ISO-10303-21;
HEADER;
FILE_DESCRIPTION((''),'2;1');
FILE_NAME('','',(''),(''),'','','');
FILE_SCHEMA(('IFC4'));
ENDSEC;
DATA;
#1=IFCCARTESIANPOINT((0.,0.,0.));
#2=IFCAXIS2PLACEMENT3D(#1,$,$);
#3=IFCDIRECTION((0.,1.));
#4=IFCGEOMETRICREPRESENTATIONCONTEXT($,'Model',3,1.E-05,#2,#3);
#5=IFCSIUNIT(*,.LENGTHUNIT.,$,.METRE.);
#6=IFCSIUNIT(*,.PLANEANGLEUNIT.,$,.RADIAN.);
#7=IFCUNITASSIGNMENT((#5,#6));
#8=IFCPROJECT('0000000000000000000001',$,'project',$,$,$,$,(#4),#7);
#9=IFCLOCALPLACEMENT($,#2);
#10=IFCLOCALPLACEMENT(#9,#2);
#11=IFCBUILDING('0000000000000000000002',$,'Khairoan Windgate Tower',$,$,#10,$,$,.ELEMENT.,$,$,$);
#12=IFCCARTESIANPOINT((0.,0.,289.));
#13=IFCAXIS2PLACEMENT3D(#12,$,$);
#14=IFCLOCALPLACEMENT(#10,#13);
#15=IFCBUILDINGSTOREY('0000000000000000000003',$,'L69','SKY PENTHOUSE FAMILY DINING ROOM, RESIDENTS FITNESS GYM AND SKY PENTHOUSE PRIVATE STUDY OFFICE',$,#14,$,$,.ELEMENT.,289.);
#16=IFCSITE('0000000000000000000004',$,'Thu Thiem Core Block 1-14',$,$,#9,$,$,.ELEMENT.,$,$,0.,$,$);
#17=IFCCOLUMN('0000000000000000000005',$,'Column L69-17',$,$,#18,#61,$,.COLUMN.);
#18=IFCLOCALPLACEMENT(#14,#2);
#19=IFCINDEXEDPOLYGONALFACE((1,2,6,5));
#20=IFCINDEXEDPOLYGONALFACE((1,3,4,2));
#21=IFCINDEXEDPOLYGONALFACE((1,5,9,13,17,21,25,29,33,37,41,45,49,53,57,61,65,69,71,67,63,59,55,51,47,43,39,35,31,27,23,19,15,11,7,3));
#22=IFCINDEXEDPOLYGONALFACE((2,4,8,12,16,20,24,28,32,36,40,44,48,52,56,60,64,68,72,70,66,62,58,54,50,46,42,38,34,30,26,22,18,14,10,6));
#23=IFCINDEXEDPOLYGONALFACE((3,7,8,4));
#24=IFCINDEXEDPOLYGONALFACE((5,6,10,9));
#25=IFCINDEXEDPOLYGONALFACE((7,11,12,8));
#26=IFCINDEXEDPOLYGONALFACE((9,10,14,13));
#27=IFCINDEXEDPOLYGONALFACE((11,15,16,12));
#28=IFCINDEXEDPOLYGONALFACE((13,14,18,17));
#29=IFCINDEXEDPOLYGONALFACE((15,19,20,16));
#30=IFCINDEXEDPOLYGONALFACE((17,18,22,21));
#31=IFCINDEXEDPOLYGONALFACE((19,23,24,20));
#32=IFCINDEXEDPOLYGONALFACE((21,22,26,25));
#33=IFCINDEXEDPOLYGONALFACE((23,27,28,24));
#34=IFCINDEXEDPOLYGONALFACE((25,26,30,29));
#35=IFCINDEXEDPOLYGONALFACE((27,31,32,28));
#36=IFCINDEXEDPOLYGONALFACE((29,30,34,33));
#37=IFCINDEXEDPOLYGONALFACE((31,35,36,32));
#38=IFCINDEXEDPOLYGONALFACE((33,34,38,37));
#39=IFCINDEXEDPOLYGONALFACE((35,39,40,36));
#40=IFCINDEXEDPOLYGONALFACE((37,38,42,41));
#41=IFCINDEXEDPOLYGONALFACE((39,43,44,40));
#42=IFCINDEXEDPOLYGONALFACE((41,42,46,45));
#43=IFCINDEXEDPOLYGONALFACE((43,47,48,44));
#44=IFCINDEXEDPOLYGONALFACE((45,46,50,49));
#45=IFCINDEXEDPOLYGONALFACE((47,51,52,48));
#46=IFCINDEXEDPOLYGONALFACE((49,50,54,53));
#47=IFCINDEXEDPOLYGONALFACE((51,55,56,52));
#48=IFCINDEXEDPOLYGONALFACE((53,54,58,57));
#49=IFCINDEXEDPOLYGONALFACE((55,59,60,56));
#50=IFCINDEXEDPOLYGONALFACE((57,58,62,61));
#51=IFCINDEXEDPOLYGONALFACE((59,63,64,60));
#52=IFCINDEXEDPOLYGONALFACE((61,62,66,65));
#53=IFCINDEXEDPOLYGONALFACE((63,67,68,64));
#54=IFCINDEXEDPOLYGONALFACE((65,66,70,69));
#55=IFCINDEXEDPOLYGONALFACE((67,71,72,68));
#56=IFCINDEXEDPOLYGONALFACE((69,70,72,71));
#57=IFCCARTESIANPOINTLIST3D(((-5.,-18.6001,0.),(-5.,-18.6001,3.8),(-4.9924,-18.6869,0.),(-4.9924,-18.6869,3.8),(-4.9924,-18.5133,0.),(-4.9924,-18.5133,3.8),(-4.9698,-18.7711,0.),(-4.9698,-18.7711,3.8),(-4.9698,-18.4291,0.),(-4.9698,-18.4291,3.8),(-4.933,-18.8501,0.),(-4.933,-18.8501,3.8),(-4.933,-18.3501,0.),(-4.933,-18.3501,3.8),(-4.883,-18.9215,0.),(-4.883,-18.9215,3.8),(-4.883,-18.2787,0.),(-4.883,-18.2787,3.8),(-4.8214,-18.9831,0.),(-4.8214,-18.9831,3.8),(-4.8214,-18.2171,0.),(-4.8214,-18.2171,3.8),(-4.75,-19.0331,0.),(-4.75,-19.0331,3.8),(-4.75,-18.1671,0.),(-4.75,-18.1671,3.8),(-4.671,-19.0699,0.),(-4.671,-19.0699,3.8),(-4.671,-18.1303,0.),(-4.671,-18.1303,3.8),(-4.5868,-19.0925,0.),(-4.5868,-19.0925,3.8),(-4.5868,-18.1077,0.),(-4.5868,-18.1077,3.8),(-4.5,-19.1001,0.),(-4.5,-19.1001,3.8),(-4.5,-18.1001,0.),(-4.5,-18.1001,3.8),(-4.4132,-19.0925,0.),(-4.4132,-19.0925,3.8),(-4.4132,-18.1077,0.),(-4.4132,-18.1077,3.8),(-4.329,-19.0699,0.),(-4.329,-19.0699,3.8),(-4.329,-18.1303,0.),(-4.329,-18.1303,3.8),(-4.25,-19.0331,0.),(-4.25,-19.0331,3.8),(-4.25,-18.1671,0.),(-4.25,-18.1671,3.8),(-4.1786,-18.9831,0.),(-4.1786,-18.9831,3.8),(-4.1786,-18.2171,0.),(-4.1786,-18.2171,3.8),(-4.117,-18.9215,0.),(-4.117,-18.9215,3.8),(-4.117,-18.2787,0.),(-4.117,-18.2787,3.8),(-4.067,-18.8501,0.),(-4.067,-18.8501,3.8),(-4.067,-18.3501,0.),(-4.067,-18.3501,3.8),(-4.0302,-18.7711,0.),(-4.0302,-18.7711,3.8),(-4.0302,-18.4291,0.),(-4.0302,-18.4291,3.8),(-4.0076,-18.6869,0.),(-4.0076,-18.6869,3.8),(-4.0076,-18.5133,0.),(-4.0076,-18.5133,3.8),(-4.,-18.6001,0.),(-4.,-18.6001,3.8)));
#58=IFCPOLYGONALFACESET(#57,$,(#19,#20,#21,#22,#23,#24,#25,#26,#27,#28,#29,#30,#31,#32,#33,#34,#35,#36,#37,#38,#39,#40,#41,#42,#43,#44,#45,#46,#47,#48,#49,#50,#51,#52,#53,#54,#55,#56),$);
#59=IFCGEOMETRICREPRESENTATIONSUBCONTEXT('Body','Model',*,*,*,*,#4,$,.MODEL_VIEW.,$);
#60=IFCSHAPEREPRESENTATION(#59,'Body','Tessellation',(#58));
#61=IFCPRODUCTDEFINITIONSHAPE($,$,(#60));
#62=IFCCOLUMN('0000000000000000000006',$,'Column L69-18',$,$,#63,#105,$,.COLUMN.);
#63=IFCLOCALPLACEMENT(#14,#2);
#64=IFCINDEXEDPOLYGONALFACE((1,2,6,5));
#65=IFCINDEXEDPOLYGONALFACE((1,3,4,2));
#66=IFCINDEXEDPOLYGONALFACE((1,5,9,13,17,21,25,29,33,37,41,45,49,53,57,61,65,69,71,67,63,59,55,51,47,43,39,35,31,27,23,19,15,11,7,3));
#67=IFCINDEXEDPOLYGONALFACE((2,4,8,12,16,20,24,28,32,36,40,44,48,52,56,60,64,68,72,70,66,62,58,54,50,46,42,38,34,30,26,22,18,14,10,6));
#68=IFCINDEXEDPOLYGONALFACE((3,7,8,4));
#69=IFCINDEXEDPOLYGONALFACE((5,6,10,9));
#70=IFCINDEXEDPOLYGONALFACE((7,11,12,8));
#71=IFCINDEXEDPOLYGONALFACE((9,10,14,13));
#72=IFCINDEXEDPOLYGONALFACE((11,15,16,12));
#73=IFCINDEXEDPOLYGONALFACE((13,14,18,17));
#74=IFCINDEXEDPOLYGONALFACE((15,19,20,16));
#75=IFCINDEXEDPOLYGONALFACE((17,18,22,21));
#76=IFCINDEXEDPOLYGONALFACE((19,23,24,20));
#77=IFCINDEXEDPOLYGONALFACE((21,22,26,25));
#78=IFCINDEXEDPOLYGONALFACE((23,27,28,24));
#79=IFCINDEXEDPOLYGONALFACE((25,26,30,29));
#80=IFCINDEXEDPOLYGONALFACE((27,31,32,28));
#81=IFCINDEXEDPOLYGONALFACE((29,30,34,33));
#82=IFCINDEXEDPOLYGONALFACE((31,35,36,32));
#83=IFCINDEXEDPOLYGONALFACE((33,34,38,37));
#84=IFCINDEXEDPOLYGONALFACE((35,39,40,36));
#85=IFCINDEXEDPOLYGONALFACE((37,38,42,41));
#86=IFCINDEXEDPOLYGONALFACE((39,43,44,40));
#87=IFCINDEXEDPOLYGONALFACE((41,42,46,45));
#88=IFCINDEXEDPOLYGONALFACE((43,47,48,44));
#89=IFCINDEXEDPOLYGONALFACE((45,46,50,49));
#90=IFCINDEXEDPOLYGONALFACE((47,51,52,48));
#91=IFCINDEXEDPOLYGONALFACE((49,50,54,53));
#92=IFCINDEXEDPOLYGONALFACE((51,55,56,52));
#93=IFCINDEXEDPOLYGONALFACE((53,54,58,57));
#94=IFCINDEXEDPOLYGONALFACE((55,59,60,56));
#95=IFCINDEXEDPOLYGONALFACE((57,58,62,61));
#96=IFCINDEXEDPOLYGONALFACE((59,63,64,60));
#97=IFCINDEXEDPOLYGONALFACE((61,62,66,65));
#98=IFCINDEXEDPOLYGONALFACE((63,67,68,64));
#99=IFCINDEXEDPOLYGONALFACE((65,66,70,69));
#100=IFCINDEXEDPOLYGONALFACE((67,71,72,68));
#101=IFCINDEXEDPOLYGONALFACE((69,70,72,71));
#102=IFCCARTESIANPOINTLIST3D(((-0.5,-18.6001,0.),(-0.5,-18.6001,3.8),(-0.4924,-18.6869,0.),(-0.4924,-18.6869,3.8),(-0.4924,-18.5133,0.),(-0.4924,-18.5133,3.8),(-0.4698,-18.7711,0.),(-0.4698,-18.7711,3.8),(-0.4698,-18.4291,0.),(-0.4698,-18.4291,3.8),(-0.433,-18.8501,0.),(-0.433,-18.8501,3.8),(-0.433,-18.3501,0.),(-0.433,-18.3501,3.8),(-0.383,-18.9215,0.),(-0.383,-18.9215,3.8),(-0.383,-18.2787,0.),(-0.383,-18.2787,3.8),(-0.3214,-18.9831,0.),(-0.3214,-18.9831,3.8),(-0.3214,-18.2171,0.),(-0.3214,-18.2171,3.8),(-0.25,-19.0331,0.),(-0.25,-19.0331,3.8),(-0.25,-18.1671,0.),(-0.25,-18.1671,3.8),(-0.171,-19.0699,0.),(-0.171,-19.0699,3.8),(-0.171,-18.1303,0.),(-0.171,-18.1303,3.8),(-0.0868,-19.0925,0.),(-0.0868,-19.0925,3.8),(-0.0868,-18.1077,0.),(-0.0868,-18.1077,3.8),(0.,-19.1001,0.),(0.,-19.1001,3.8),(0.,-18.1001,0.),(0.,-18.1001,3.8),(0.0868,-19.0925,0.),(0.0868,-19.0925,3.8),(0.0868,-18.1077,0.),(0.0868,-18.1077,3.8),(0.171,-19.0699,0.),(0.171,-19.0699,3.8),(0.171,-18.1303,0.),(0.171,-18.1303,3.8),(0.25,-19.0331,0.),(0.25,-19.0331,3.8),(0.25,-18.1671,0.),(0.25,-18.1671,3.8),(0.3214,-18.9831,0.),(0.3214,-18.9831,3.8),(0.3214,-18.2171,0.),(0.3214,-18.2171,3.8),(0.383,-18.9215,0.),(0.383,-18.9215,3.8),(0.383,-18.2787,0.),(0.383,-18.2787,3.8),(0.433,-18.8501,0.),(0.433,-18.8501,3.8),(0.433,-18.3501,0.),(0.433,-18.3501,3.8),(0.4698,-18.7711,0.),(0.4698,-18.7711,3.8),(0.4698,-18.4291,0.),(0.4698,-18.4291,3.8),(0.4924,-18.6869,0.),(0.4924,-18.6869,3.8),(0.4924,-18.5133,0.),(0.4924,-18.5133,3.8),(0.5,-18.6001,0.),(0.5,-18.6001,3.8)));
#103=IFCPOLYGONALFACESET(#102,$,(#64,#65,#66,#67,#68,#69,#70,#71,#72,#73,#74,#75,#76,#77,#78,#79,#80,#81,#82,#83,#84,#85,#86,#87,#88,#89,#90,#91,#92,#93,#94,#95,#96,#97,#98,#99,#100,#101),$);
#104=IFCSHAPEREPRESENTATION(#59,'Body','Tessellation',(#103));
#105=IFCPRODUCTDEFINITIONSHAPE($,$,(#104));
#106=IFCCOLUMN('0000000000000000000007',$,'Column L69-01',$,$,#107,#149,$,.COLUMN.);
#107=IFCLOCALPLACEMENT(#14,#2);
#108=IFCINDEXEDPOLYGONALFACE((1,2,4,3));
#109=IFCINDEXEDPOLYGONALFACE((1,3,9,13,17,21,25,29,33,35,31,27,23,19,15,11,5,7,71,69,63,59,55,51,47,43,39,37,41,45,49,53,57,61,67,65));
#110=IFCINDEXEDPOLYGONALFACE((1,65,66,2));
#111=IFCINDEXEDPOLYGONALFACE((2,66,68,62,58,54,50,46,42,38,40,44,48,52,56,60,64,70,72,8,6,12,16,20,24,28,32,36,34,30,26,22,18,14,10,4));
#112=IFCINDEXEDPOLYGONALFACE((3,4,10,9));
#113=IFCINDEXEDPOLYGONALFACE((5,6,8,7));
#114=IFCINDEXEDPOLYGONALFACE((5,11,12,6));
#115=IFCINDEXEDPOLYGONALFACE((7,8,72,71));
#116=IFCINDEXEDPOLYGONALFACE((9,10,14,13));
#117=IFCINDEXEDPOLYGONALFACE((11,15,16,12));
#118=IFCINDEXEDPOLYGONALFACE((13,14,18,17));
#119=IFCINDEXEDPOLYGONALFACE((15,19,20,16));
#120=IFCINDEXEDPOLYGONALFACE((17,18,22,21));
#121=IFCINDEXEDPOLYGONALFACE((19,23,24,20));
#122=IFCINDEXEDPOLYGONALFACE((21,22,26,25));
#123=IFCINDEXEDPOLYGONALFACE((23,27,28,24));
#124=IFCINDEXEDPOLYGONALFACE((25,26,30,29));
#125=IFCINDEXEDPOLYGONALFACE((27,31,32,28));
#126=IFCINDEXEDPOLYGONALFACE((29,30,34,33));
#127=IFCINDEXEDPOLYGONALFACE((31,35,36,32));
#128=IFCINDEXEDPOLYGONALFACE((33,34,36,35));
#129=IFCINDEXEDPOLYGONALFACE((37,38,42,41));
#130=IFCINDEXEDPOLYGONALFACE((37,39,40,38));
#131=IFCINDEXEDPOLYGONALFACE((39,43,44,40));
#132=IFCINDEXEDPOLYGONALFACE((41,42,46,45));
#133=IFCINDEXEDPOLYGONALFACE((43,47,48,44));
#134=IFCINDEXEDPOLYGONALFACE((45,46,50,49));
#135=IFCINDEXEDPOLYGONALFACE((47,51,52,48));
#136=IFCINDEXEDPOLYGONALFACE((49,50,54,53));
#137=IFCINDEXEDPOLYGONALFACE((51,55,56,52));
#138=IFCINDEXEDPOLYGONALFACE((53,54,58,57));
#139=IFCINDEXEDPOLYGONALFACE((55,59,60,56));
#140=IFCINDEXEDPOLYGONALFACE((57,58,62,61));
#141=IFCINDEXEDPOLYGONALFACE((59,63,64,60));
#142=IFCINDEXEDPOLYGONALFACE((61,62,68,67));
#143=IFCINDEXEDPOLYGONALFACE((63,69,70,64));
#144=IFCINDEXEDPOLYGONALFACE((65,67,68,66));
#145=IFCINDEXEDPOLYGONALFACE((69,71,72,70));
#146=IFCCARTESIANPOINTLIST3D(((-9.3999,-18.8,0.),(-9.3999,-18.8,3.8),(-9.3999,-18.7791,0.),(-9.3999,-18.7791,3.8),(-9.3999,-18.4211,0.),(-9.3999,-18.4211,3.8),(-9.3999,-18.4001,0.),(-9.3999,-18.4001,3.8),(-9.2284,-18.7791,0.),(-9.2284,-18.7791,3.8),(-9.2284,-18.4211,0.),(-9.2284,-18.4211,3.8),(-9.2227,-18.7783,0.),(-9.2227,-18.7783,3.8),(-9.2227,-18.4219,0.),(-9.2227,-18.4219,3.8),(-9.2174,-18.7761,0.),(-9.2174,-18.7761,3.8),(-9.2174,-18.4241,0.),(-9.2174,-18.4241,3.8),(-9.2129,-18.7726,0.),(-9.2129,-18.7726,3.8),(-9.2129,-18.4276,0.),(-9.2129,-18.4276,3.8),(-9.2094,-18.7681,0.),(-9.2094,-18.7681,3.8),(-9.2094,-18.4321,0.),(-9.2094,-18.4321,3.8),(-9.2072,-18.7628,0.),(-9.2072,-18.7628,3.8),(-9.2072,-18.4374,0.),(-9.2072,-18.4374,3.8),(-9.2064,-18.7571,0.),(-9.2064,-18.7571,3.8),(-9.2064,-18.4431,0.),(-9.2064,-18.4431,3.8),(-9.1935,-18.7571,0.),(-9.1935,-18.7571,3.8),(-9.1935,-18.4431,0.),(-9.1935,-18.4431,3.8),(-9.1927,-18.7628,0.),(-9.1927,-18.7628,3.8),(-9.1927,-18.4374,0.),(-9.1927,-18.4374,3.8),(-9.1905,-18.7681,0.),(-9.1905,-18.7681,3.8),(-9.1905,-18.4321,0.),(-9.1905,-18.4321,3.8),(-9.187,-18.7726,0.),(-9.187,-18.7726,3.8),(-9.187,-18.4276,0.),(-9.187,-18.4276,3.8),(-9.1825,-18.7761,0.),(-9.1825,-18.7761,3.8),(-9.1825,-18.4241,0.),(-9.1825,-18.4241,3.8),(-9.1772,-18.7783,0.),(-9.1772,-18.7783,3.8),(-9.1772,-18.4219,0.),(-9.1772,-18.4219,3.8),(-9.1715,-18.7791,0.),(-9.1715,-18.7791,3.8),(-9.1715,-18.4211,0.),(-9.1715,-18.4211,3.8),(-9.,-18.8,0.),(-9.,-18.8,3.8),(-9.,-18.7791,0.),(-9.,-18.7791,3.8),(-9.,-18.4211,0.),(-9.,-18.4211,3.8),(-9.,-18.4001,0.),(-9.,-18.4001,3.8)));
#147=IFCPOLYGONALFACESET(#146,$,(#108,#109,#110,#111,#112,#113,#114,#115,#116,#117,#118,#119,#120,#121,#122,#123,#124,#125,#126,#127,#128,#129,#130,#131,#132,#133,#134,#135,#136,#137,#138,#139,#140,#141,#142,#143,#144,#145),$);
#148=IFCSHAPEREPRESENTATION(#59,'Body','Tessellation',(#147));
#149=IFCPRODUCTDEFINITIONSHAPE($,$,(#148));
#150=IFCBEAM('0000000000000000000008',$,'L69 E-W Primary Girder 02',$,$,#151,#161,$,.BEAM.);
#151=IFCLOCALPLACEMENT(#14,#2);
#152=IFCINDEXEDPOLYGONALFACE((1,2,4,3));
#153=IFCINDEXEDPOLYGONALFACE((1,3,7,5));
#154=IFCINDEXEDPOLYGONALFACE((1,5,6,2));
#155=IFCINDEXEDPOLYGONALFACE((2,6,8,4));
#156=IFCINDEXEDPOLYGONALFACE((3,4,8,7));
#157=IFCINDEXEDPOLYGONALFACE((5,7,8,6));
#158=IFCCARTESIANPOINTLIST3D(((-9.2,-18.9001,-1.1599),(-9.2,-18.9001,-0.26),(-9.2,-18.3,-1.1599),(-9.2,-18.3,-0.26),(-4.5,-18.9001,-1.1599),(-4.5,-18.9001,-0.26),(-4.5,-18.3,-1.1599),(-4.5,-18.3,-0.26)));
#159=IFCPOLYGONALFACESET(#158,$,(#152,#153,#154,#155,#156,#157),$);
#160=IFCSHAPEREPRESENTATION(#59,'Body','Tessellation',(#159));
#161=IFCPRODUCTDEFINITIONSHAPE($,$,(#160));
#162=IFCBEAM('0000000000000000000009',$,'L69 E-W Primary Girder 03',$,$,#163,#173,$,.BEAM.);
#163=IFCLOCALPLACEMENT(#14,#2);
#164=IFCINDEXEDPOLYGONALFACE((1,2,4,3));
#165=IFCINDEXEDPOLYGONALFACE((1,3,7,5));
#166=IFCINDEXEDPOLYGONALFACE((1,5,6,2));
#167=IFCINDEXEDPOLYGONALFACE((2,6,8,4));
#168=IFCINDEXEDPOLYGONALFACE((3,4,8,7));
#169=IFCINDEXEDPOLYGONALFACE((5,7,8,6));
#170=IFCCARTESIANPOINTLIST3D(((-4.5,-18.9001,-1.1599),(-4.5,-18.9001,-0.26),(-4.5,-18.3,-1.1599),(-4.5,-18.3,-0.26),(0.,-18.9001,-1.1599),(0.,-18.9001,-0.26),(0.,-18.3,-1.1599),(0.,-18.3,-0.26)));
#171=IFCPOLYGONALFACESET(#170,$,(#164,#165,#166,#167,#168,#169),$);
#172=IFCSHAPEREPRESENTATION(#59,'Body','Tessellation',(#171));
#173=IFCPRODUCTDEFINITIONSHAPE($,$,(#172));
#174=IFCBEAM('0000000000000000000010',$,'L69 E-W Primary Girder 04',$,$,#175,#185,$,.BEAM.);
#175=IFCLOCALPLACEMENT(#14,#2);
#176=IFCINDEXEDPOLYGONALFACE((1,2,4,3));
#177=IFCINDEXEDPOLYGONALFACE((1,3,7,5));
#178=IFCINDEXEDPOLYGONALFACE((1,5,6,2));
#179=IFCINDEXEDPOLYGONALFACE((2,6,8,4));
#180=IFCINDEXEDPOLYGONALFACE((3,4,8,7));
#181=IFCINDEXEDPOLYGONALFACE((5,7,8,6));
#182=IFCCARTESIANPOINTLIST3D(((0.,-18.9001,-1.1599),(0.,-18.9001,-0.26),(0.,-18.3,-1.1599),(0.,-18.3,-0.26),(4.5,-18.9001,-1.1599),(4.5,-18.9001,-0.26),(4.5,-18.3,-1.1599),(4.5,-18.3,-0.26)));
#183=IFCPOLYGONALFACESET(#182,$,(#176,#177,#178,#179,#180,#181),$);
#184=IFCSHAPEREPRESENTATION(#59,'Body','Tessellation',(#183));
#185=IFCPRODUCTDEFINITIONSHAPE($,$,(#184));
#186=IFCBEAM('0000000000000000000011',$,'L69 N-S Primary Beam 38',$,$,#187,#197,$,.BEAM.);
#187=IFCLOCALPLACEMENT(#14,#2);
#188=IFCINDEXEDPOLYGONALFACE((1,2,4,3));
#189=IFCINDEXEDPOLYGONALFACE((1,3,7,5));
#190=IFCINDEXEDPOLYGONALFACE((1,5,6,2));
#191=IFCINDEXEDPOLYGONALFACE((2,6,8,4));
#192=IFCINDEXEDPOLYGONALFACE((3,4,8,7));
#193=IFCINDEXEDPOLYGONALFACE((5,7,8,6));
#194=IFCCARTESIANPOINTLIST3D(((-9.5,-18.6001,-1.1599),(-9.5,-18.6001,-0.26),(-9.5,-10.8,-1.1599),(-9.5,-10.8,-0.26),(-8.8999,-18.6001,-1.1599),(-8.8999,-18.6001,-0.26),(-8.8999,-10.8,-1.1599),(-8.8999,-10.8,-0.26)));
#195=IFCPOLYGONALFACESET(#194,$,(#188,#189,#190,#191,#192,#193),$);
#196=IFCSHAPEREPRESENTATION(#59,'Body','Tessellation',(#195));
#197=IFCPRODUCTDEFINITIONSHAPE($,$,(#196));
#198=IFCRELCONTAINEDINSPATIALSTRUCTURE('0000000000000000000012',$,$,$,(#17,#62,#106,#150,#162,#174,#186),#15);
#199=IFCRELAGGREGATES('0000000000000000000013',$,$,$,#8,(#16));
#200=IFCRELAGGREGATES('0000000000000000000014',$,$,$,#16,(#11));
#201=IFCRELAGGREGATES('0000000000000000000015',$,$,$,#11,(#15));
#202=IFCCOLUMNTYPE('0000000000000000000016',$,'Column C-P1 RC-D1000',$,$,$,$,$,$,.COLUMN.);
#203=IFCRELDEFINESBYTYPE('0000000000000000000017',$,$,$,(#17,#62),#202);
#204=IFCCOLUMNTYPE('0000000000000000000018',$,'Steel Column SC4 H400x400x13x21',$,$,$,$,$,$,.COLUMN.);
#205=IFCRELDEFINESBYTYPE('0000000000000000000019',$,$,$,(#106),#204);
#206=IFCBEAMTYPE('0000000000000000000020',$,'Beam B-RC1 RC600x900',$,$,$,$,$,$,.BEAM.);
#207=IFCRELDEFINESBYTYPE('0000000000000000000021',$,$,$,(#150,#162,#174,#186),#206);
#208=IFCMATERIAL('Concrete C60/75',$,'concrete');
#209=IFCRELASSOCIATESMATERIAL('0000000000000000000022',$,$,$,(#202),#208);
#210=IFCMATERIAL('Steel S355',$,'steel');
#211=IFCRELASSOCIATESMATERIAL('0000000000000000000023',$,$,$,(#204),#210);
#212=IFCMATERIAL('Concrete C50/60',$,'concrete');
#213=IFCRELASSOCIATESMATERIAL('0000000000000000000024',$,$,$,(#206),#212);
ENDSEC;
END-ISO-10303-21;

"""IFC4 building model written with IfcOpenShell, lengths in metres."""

from ifc_helpers import new_model, si_unit, direction, frame, origin, origin_2d, place, context, subcontext, project, spatial, rectangle, circle, i_section, extrude, material, material_profile, profile_set, type_object, element, save


model = new_model("IFC4")

# Units and contexts
model_context = context("Model", 3, precision=1e-05, world=origin(), true_north=direction((0.0, 1.0)))
body_context = subcontext(model_context, "Body", "Model", "MODEL_VIEW")
ifc_project = project(units=[si_unit("LENGTHUNIT", "METRE"), si_unit("PLANEANGLEUNIT", "RADIAN")], contexts=[model_context])

# Site, building, storey
site_placement = place(None, origin())
site = spatial("IfcSite", under=ifc_project, at=site_placement, Name="Thu Thiem Core Block 1-14", CompositionType="ELEMENT", RefElevation=0.0)
building_placement = place(site_placement, origin())
building = spatial("IfcBuilding", under=site, at=building_placement, Name="Khairoan Windgate Tower", CompositionType="ELEMENT")
storey_placement = place(building_placement, frame((0.0, 0.0, 289.0)))
storey = spatial("IfcBuildingStorey", under=building, at=storey_placement, Name="L69", Description="SKY PENTHOUSE FAMILY DINING ROOM, RESIDENTS FITNESS GYM AND SKY PENTHOUSE PRIVATE STUDY OFFICE", CompositionType="ELEMENT", Elevation=289.0)

# Columns
ifc_material_1 = material(Name="Concrete C60/75", Category="concrete")
ifc_material_profile_1 = material_profile(ifc_material_1, circle(Radius=0.5, at=origin_2d()))
ifc_profile_set_1 = profile_set([ifc_material_profile_1], Name="Concrete C60/75")
column_type_1 = type_object("IfcColumnType", Name="Column C-P1 RC-D1000", PredefinedType="COLUMN", material=ifc_profile_set_1)
for number, where, z_axis, x_axis, name in (
    (1, (-4.5, -18.6001, 0.0), (0.0, 0.0, 1.0), (1.0, 0.0, 0.0), "Column L69-17"),
    (2, (0.0, -18.6001, 0.0), (0.0, 0.0, 1.0), (1.0, 0.0, 0.0), "Column L69-18"),
):
    element("IfcColumn", number, at=place(storey_placement, frame(where, z_axis=z_axis, x_axis=x_axis)), inside=storey, type_object=column_type_1, Name=name, PredefinedType="COLUMN", context=body_context, shape_type="SweptSolid", body=[
        extrude(circle(Radius=0.5, at=origin_2d()), origin(), (0.0, 0.0, 1.0), 3.8),
    ])
ifc_material_2 = material(Name="Steel S355", Category="steel")
ifc_material_profile_2 = material_profile(ifc_material_2, i_section(OverallWidth=0.3999, OverallDepth=0.3999, WebThickness=0.0129, FlangeThickness=0.021, FilletRadius=0.022, at=origin_2d()))
ifc_profile_set_2 = profile_set([ifc_material_profile_2], Name="Steel S355")
column_type_2 = type_object("IfcColumnType", Name="Steel Column SC4 H400x400x13x21", PredefinedType="COLUMN", material=ifc_profile_set_2)
column_placement = place(storey_placement, frame((-9.2, -18.6001, 0.0), z_axis=(0.0, 0.0, 1.0), x_axis=(1.0, 0.0, 0.0)))
element("IfcColumn", 3, at=column_placement, inside=storey, type_object=column_type_2, Name="Column L69-01", PredefinedType="COLUMN", context=body_context, shape_type="SweptSolid", body=[
    extrude(i_section(OverallWidth=0.3999, OverallDepth=0.3999, WebThickness=0.0129, FlangeThickness=0.021, FilletRadius=0.022, at=origin_2d()), origin(), (0.0, 0.0, 1.0), 3.8),
])

# Beams
ifc_material_3 = material(Name="Concrete C50/60", Category="concrete")
ifc_material_profile_3 = material_profile(ifc_material_3, rectangle(XDim=0.6001, YDim=0.8999, at=origin_2d()))
ifc_profile_set_3 = profile_set([ifc_material_profile_3], Name="Concrete C50/60")
beam_type_1 = type_object("IfcBeamType", Name="Beam B-RC1 RC600x900", PredefinedType="BEAM", material=ifc_profile_set_3)
beam_1_placement = place(storey_placement, frame((-9.2, -18.6001, -0.71), z_axis=(1.0, 0.0, 0.0), x_axis=(0.0, 1.0, 0.0)))
element("IfcBeam", 4, at=beam_1_placement, inside=storey, type_object=beam_type_1, Name="L69 E-W Primary Girder 02", PredefinedType="BEAM", context=body_context, shape_type="SweptSolid", body=[
    extrude(rectangle(XDim=0.6001, YDim=0.8999, at=origin_2d()), origin(), (0.0, 0.0, 1.0), 4.7),
])
for number, where, z_axis, x_axis, name in (
    (5, (-4.5, -18.6001, -0.71), (1.0, 0.0, 0.0), (0.0, 1.0, 0.0), "L69 E-W Primary Girder 03"),
    (6, (0.0, -18.6001, -0.71), (1.0, 0.0, 0.0), (0.0, 1.0, 0.0), "L69 E-W Primary Girder 04"),
):
    element("IfcBeam", number, at=place(storey_placement, frame(where, z_axis=z_axis, x_axis=x_axis)), inside=storey, type_object=beam_type_1, Name=name, PredefinedType="BEAM", context=body_context, shape_type="SweptSolid", body=[
        extrude(rectangle(XDim=0.6001, YDim=0.8999, at=origin_2d()), origin(), (0.0, 0.0, 1.0), 4.5),
    ])
beam_2_placement = place(storey_placement, frame((-9.2, -18.6001, -0.71), z_axis=(0.0, 1.0, 0.0), x_axis=(-1.0, 0.0, 0.0)))
element("IfcBeam", 7, at=beam_2_placement, inside=storey, type_object=beam_type_1, Name="L69 N-S Primary Beam 38", PredefinedType="BEAM", context=body_context, shape_type="SweptSolid", body=[
    extrude(rectangle(XDim=0.6001, YDim=0.8999, at=origin_2d()), origin(), (0.0, 0.0, 1.0), 7.8),
])

save(model, "model.ifc")
